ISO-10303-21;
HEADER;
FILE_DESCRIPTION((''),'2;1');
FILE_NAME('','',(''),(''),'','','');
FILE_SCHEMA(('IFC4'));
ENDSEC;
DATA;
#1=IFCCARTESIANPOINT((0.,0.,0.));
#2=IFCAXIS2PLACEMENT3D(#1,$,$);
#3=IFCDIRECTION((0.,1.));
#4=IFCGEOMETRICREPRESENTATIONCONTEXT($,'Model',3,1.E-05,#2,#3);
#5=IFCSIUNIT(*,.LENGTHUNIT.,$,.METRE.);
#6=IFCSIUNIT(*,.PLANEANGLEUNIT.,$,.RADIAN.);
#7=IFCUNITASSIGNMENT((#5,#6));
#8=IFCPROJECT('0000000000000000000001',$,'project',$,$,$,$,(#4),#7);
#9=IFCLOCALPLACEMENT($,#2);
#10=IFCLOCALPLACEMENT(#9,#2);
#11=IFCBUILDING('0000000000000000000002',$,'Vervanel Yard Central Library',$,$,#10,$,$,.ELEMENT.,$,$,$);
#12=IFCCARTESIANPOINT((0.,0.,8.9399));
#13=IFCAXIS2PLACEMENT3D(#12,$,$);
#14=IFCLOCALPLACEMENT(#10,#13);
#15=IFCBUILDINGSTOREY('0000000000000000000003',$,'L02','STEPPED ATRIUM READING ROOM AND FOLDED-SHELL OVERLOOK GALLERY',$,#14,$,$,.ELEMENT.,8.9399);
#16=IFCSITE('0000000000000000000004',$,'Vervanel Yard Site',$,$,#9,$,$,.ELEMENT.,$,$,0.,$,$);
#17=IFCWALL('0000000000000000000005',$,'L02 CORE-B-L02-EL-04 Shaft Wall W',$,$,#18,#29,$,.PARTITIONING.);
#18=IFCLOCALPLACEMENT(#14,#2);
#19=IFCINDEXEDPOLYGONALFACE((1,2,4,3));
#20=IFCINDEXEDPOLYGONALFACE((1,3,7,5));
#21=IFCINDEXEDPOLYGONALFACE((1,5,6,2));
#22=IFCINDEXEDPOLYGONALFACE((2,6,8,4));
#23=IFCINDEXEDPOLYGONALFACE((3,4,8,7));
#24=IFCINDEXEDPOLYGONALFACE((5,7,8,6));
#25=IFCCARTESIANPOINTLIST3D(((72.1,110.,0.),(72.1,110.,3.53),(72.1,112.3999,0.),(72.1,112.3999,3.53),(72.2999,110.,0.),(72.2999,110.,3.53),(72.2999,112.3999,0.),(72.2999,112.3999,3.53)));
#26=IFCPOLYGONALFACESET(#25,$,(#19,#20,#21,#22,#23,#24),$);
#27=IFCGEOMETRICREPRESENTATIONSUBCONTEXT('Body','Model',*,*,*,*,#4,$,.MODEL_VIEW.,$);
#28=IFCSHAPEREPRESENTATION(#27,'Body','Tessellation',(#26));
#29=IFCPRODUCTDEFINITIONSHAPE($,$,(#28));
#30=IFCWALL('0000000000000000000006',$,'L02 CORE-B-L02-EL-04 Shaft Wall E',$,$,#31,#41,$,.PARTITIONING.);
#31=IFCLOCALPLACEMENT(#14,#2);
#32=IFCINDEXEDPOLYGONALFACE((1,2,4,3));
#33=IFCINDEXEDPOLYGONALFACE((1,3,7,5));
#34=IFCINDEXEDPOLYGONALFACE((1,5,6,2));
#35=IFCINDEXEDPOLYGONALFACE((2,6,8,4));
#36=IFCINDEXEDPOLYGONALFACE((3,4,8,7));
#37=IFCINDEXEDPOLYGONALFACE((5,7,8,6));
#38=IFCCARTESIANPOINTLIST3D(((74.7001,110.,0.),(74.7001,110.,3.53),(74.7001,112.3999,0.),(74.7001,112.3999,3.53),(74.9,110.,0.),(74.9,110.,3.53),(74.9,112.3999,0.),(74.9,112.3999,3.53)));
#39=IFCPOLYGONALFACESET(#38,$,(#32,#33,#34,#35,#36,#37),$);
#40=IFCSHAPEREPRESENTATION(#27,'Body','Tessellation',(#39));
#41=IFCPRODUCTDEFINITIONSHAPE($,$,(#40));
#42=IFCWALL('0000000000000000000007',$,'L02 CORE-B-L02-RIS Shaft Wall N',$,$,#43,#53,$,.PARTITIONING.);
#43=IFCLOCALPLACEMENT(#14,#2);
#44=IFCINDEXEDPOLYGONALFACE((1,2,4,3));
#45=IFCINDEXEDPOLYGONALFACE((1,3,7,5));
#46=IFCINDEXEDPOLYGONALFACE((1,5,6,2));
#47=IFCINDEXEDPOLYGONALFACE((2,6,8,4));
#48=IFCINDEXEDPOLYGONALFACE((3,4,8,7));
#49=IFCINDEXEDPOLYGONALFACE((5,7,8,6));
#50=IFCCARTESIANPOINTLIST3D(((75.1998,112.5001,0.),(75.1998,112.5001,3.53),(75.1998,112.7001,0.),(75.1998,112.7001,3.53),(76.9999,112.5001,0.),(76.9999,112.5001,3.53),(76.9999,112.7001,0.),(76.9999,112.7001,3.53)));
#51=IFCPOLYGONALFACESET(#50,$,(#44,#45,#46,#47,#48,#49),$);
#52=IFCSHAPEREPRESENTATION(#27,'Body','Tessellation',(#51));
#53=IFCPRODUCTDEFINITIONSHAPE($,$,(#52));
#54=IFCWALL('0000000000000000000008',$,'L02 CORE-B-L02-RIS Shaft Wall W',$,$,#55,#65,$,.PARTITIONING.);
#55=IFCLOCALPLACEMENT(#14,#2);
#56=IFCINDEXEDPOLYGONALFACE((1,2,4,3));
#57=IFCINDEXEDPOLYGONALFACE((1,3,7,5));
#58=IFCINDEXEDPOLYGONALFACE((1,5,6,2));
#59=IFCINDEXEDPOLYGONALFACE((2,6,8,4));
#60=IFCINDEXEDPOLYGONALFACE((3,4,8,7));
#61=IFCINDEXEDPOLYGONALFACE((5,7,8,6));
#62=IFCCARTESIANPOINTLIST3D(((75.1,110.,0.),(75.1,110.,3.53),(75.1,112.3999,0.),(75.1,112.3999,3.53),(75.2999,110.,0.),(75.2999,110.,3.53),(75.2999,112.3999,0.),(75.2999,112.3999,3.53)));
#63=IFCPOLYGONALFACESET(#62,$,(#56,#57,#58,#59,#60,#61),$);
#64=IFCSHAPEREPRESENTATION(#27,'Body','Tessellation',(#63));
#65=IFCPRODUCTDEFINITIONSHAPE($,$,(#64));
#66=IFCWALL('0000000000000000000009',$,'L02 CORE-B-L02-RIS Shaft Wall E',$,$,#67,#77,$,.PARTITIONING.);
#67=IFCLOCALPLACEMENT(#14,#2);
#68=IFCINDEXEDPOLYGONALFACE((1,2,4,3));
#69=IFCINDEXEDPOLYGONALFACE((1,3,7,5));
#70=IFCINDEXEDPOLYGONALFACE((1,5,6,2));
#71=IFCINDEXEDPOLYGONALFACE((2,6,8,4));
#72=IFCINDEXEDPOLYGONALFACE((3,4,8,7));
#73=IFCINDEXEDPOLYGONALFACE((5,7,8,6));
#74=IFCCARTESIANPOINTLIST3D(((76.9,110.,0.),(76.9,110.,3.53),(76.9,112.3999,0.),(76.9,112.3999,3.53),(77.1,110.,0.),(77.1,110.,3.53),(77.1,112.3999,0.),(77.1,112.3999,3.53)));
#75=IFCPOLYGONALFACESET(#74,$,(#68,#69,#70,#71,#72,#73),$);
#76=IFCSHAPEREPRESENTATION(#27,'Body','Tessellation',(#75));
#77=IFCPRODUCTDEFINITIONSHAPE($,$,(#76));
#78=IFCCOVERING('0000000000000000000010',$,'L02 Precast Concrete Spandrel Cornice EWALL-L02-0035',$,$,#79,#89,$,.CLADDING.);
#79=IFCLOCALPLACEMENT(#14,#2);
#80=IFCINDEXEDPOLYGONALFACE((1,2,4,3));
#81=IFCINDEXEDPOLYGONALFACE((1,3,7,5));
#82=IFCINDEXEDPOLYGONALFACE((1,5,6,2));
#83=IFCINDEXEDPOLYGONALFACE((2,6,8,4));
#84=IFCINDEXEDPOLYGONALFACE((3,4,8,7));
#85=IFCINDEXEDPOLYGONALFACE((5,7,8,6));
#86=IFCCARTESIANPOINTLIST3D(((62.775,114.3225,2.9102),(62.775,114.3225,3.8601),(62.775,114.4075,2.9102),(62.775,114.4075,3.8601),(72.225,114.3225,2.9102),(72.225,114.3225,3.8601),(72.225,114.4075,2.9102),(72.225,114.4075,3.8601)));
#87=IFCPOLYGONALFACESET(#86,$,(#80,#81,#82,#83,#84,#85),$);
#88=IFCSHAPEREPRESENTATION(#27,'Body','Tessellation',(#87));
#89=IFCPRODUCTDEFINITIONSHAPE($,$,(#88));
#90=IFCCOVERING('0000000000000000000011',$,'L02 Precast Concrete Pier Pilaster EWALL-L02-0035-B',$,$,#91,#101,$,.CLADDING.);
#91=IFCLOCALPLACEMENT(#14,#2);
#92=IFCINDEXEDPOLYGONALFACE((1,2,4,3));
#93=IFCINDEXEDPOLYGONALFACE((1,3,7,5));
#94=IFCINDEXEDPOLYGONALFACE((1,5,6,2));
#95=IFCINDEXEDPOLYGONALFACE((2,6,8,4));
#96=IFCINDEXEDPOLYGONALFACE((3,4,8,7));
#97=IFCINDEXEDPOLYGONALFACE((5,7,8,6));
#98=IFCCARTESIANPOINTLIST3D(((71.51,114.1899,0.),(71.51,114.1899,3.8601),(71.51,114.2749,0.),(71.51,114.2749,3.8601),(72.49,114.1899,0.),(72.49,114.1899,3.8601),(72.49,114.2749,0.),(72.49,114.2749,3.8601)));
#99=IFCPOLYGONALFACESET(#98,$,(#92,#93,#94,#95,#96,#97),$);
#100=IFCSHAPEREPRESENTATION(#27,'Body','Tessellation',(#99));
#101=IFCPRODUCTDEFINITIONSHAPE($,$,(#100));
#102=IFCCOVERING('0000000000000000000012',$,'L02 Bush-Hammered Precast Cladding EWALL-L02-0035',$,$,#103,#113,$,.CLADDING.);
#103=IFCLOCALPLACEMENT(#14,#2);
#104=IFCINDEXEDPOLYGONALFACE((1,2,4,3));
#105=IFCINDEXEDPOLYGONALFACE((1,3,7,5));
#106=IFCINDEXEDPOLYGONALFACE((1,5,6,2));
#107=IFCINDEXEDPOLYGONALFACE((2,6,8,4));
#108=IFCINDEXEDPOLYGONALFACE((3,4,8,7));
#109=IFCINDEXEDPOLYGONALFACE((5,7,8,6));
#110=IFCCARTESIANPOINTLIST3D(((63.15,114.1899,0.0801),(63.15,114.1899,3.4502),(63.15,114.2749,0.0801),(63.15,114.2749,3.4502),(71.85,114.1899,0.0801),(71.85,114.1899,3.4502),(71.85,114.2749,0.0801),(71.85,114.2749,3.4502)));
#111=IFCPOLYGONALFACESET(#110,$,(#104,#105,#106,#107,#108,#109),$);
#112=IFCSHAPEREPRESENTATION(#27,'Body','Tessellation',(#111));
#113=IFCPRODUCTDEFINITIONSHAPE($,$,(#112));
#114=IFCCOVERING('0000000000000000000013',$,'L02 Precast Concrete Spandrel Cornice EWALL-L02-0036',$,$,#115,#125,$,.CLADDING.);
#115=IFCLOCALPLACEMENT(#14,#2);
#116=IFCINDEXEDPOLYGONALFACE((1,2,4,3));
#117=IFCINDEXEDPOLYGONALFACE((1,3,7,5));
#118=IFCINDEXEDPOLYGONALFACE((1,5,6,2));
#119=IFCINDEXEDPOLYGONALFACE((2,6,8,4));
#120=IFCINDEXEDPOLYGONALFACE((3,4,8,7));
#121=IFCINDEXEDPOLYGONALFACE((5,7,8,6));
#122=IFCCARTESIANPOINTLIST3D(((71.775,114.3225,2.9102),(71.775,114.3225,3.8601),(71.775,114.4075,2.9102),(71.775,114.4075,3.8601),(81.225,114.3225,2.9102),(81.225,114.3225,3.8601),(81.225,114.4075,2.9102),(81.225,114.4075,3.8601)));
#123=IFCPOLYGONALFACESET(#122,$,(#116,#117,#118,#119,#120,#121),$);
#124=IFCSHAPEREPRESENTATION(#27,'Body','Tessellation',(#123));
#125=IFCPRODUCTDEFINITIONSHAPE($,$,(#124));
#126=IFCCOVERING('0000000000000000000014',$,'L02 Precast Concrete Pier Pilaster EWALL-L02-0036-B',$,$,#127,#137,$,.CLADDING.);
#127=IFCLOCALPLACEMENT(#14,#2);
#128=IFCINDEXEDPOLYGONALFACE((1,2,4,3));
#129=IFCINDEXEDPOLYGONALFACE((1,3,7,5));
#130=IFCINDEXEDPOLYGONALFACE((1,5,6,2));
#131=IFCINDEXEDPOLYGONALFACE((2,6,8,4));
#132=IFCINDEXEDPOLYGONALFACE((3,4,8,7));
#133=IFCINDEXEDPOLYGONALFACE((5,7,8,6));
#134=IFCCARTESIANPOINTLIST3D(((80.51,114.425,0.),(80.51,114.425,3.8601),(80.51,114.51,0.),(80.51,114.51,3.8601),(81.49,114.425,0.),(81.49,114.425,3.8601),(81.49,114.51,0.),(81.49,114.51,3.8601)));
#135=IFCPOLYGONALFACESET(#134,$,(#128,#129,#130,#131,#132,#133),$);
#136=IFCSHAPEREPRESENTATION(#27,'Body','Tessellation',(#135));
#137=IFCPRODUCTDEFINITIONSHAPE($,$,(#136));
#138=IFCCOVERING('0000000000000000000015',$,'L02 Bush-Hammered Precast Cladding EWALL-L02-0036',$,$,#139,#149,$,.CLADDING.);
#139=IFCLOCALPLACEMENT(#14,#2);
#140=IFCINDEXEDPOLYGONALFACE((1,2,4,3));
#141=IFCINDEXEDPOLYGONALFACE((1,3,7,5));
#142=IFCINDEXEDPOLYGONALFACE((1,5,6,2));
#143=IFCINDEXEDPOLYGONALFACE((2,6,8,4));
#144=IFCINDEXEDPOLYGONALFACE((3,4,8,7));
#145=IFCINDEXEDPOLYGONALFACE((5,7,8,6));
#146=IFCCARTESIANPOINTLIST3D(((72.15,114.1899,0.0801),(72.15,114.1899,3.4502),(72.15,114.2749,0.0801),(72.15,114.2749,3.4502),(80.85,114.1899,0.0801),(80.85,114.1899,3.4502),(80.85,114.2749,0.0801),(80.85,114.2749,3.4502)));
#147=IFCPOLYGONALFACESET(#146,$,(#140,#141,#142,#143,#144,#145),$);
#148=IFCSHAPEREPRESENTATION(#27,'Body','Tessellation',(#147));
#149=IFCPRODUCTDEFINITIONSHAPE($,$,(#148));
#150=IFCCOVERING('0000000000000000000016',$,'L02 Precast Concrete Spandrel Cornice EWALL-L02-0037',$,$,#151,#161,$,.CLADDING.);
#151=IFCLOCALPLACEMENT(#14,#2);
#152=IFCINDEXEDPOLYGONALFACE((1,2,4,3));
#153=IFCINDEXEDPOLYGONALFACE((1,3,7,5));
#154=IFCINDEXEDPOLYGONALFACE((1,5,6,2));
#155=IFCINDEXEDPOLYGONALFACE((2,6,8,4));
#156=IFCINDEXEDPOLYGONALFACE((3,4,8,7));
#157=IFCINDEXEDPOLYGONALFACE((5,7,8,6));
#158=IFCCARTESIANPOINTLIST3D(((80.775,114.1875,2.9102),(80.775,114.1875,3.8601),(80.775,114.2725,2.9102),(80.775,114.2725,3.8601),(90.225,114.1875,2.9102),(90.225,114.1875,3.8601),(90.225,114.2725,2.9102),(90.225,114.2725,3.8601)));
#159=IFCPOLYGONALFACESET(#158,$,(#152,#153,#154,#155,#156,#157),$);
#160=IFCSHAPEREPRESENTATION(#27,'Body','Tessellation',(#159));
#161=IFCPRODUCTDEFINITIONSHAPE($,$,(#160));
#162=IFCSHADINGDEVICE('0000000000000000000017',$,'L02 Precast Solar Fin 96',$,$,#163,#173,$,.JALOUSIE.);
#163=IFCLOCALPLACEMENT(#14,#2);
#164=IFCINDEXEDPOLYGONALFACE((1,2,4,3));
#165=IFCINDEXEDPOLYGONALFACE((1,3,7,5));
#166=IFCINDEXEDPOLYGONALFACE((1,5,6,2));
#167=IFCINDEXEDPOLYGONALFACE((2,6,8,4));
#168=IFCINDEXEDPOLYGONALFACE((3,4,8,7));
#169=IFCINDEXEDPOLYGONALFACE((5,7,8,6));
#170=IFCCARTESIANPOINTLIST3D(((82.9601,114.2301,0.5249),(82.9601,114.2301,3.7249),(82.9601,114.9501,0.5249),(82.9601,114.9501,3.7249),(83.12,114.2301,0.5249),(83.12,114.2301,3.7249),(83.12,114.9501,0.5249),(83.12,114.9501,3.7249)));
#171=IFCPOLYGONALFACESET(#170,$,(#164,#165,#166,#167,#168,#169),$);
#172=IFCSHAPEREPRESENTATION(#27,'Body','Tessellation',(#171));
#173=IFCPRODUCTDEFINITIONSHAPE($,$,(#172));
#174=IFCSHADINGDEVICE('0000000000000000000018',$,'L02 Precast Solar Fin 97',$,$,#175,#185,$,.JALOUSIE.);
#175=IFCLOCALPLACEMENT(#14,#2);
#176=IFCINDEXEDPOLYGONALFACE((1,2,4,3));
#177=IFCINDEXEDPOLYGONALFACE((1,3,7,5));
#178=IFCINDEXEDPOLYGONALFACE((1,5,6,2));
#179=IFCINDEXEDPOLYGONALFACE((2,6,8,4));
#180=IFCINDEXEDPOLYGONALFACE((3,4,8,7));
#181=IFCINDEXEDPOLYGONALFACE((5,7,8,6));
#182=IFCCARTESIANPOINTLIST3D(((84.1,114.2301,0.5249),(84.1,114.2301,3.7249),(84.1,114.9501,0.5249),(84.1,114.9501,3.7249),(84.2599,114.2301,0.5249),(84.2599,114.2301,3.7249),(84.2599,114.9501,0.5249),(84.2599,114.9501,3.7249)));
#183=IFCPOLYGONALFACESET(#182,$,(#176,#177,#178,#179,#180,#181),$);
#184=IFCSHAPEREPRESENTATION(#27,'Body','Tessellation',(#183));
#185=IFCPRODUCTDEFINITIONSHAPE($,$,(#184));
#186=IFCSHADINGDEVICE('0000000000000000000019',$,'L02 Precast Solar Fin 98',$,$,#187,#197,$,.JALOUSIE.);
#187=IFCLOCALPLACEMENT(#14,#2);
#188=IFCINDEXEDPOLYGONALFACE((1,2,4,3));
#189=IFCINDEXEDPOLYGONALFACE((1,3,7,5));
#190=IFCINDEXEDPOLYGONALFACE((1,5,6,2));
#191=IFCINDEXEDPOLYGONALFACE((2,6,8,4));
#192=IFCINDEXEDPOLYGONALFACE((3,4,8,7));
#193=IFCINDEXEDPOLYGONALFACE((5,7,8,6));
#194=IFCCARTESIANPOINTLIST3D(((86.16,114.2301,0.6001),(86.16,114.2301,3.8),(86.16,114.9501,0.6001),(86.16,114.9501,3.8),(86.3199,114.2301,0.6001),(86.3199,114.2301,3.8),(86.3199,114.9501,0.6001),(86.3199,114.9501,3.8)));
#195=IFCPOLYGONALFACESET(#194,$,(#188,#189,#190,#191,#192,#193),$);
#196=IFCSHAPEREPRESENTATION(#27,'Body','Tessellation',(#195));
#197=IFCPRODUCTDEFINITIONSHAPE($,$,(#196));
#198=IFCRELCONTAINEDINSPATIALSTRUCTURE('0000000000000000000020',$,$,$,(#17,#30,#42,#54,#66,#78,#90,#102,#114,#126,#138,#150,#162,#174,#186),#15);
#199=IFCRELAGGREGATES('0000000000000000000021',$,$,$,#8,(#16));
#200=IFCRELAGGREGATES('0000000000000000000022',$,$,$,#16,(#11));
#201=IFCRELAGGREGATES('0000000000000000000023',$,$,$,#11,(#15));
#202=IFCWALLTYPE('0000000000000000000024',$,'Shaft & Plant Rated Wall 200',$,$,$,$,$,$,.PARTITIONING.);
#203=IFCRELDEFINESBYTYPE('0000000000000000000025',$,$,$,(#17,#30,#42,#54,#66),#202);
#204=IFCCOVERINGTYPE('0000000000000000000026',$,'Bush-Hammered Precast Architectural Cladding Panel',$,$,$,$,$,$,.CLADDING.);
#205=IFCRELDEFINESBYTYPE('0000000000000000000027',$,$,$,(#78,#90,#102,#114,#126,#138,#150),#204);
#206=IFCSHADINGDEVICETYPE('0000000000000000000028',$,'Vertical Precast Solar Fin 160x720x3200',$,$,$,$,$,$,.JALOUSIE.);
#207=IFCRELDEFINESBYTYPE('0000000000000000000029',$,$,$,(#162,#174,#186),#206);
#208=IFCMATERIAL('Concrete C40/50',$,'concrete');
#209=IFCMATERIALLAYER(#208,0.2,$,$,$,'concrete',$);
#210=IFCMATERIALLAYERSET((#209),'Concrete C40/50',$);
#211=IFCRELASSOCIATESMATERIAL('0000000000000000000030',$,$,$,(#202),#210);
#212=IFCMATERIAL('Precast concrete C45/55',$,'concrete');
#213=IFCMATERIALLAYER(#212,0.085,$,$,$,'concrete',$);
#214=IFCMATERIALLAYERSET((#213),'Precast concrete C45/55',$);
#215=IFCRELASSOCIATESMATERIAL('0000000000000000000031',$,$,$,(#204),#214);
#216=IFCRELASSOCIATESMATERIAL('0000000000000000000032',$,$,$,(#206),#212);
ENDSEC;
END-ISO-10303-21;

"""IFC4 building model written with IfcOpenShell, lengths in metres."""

from ifc_helpers import new_model, si_unit, direction, frame, frame_2d, origin, origin_2d, place, context, subcontext, project, spatial, rectangle, extrude, material, layer, layer_set, type_object, element, save


model = new_model("IFC4")

# Units and contexts
model_context = context("Model", 3, precision=1e-05, world=origin(), true_north=direction((0.0, 1.0)))
body_context = subcontext(model_context, "Body", "Model", "MODEL_VIEW")
ifc_project = project(units=[si_unit("LENGTHUNIT", "METRE"), si_unit("PLANEANGLEUNIT", "RADIAN")], contexts=[model_context])

# Site, building, storey
site_placement = place(None, origin())
site = spatial("IfcSite", under=ifc_project, at=site_placement, Name="Vervanel Yard Site", CompositionType="ELEMENT", RefElevation=0.0)
building_placement = place(site_placement, origin())
building = spatial("IfcBuilding", under=site, at=building_placement, Name="Vervanel Yard Central Library", CompositionType="ELEMENT")
storey_placement = place(building_placement, frame((0.0, 0.0, 8.9399)))
storey = spatial("IfcBuildingStorey", under=building, at=storey_placement, Name="L02", Description="STEPPED ATRIUM READING ROOM AND FOLDED-SHELL OVERLOOK GALLERY", CompositionType="ELEMENT", Elevation=8.9399)

# Shared definitions
ifc_material_1 = material(Name="Concrete C40/50", Category="concrete")

# Walls
ifc_layer_1 = layer(ifc_material_1, 0.2, Category="concrete")
ifc_layer_set_1 = layer_set([ifc_layer_1], Name="Concrete C40/50")
wall_type_1 = type_object("IfcWallType", Name="Shaft & Plant Rated Wall 200", PredefinedType="PARTITIONING", material=ifc_layer_set_1)
for number, where, z_axis, x_axis, name in (
    (1, (72.2, 110.0, 0.0), (0.0, 0.0, 1.0), (0.0, 1.0, 0.0), "L02 CORE-B-L02-EL-04 Shaft Wall W"),
    (2, (74.8, 110.0, 0.0), (0.0, 0.0, 1.0), (0.0, 1.0, 0.0), "L02 CORE-B-L02-EL-04 Shaft Wall E"),
):
    element("IfcWall", number, at=place(storey_placement, frame(where, z_axis=z_axis, x_axis=x_axis)), inside=storey, type_object=wall_type_1, Name=name, PredefinedType="PARTITIONING", context=body_context, shape_type="SweptSolid", body=[
        extrude(rectangle(XDim=2.3999, YDim=0.2, at=frame_2d((1.2, 0.0))), origin(), (0.0, 0.0, 1.0), 3.53),
    ])
wall_1_placement = place(storey_placement, frame((75.2, 112.6001, 0.0), z_axis=(0.0, 0.0, 1.0), x_axis=(1.0, 0.0, 0.0)))
element("IfcWall", 3, at=wall_1_placement, inside=storey, type_object=wall_type_1, Name="L02 CORE-B-L02-RIS Shaft Wall N", PredefinedType="PARTITIONING", context=body_context, shape_type="SweptSolid", body=[
    extrude(rectangle(XDim=1.8, YDim=0.2, at=frame_2d((0.8999, 0.0))), origin(), (0.0, 0.0, 1.0), 3.53),
])
for number, where, z_axis, x_axis, name in (
    (4, (75.2, 110.0, 0.0), (0.0, 0.0, 1.0), (0.0, 1.0, 0.0), "L02 CORE-B-L02-RIS Shaft Wall W"),
    (5, (77.0, 110.0, 0.0), (0.0, 0.0, 1.0), (0.0, 1.0, 0.0), "L02 CORE-B-L02-RIS Shaft Wall E"),
):
    element("IfcWall", number, at=place(storey_placement, frame(where, z_axis=z_axis, x_axis=x_axis)), inside=storey, type_object=wall_type_1, Name=name, PredefinedType="PARTITIONING", context=body_context, shape_type="SweptSolid", body=[
        extrude(rectangle(XDim=2.3999, YDim=0.2, at=frame_2d((1.2, 0.0))), origin(), (0.0, 0.0, 1.0), 3.53),
    ])

# Coverings
ifc_material_2 = material(Name="Precast concrete C45/55", Category="concrete")
ifc_layer_2 = layer(ifc_material_2, 0.085, Category="concrete")
ifc_layer_set_2 = layer_set([ifc_layer_2], Name="Precast concrete C45/55")
covering_type = type_object("IfcCoveringType", Name="Bush-Hammered Precast Architectural Cladding Panel", PredefinedType="CLADDING", material=ifc_layer_set_2)
covering_1_placement = place(storey_placement, frame((67.5, 114.365, 2.9102), z_axis=(0.0, 0.0, 1.0), x_axis=(1.0, 0.0, 0.0)))
element("IfcCovering", 6, at=covering_1_placement, inside=storey, type_object=covering_type, Name="L02 Precast Concrete Spandrel Cornice EWALL-L02-0035", PredefinedType="CLADDING", context=body_context, shape_type="SweptSolid", body=[
    extrude(rectangle(XDim=9.45, YDim=0.085, at=origin_2d()), origin(), (0.0, 0.0, 1.0), 0.95),
])
covering_2_placement = place(storey_placement, frame((72.0, 114.2324, 0.0), z_axis=(0.0, 0.0, 1.0), x_axis=(1.0, 0.0, 0.0)))
element("IfcCovering", 7, at=covering_2_placement, inside=storey, type_object=covering_type, Name="L02 Precast Concrete Pier Pilaster EWALL-L02-0035-B", PredefinedType="CLADDING", context=body_context, shape_type="SweptSolid", body=[
    extrude(rectangle(XDim=0.98, YDim=0.085, at=origin_2d()), origin(), (0.0, 0.0, 1.0), 3.8601),
])
covering_3_placement = place(storey_placement, frame((67.5, 114.2324, 0.0801), z_axis=(0.0, 0.0, 1.0), x_axis=(1.0, 0.0, 0.0)))
element("IfcCovering", 8, at=covering_3_placement, inside=storey, type_object=covering_type, Name="L02 Bush-Hammered Precast Cladding EWALL-L02-0035", PredefinedType="CLADDING", context=body_context, shape_type="SweptSolid", body=[
    extrude(rectangle(XDim=8.7, YDim=0.085, at=origin_2d()), origin(), (0.0, 0.0, 1.0), 3.3701),
])
covering_4_placement = place(storey_placement, frame((76.5, 114.365, 2.9102), z_axis=(0.0, 0.0, 1.0), x_axis=(1.0, 0.0, 0.0)))
element("IfcCovering", 9, at=covering_4_placement, inside=storey, type_object=covering_type, Name="L02 Precast Concrete Spandrel Cornice EWALL-L02-0036", PredefinedType="CLADDING", context=body_context, shape_type="SweptSolid", body=[
    extrude(rectangle(XDim=9.45, YDim=0.085, at=origin_2d()), origin(), (0.0, 0.0, 1.0), 0.95),
])
covering_5_placement = place(storey_placement, frame((81.0, 114.4675, 0.0), z_axis=(0.0, 0.0, 1.0), x_axis=(1.0, 0.0, 0.0)))
element("IfcCovering", 10, at=covering_5_placement, inside=storey, type_object=covering_type, Name="L02 Precast Concrete Pier Pilaster EWALL-L02-0036-B", PredefinedType="CLADDING", context=body_context, shape_type="SweptSolid", body=[
    extrude(rectangle(XDim=0.98, YDim=0.085, at=origin_2d()), origin(), (0.0, 0.0, 1.0), 3.8601),
])
covering_6_placement = place(storey_placement, frame((76.5, 114.2324, 0.0801), z_axis=(0.0, 0.0, 1.0), x_axis=(1.0, 0.0, 0.0)))
element("IfcCovering", 11, at=covering_6_placement, inside=storey, type_object=covering_type, Name="L02 Bush-Hammered Precast Cladding EWALL-L02-0036", PredefinedType="CLADDING", context=body_context, shape_type="SweptSolid", body=[
    extrude(rectangle(XDim=8.7, YDim=0.085, at=origin_2d()), origin(), (0.0, 0.0, 1.0), 3.3701),
])
covering_7_placement = place(storey_placement, frame((85.5, 114.23, 2.9102), z_axis=(0.0, 0.0, 1.0), x_axis=(1.0, 0.0, 0.0)))
element("IfcCovering", 12, at=covering_7_placement, inside=storey, type_object=covering_type, Name="L02 Precast Concrete Spandrel Cornice EWALL-L02-0037", PredefinedType="CLADDING", context=body_context, shape_type="SweptSolid", body=[
    extrude(rectangle(XDim=9.45, YDim=0.085, at=origin_2d()), origin(), (0.0, 0.0, 1.0), 0.95),
])

# Shading devices
shading_device_type = type_object("IfcShadingDeviceType", Name="Vertical Precast Solar Fin 160x720x3200", PredefinedType="JALOUSIE", material=ifc_material_2)
for number, where, z_axis, x_axis, name in (
    (13, (83.04, 114.5901, 0.5249), (0.0, 0.0, 1.0), (1.0, 0.0, 0.0), "L02 Precast Solar Fin 96"),
    (14, (84.1799, 114.5901, 0.5249), (0.0, 0.0, 1.0), (1.0, 0.0, 0.0), "L02 Precast Solar Fin 97"),
    (15, (86.24, 114.5901, 0.6001), (0.0, 0.0, 1.0), (1.0, 0.0, 0.0), "L02 Precast Solar Fin 98"),
):
    element("IfcShadingDevice", number, at=place(storey_placement, frame(where, z_axis=z_axis, x_axis=x_axis)), inside=storey, type_object=shading_device_type, Name=name, PredefinedType="JALOUSIE", context=body_context, shape_type="SweptSolid", body=[
        extrude(rectangle(XDim=0.1599, YDim=0.72, at=origin_2d()), origin(), (0.0, 0.0, 1.0), 3.2),
    ])

save(model, "model.ifc")
